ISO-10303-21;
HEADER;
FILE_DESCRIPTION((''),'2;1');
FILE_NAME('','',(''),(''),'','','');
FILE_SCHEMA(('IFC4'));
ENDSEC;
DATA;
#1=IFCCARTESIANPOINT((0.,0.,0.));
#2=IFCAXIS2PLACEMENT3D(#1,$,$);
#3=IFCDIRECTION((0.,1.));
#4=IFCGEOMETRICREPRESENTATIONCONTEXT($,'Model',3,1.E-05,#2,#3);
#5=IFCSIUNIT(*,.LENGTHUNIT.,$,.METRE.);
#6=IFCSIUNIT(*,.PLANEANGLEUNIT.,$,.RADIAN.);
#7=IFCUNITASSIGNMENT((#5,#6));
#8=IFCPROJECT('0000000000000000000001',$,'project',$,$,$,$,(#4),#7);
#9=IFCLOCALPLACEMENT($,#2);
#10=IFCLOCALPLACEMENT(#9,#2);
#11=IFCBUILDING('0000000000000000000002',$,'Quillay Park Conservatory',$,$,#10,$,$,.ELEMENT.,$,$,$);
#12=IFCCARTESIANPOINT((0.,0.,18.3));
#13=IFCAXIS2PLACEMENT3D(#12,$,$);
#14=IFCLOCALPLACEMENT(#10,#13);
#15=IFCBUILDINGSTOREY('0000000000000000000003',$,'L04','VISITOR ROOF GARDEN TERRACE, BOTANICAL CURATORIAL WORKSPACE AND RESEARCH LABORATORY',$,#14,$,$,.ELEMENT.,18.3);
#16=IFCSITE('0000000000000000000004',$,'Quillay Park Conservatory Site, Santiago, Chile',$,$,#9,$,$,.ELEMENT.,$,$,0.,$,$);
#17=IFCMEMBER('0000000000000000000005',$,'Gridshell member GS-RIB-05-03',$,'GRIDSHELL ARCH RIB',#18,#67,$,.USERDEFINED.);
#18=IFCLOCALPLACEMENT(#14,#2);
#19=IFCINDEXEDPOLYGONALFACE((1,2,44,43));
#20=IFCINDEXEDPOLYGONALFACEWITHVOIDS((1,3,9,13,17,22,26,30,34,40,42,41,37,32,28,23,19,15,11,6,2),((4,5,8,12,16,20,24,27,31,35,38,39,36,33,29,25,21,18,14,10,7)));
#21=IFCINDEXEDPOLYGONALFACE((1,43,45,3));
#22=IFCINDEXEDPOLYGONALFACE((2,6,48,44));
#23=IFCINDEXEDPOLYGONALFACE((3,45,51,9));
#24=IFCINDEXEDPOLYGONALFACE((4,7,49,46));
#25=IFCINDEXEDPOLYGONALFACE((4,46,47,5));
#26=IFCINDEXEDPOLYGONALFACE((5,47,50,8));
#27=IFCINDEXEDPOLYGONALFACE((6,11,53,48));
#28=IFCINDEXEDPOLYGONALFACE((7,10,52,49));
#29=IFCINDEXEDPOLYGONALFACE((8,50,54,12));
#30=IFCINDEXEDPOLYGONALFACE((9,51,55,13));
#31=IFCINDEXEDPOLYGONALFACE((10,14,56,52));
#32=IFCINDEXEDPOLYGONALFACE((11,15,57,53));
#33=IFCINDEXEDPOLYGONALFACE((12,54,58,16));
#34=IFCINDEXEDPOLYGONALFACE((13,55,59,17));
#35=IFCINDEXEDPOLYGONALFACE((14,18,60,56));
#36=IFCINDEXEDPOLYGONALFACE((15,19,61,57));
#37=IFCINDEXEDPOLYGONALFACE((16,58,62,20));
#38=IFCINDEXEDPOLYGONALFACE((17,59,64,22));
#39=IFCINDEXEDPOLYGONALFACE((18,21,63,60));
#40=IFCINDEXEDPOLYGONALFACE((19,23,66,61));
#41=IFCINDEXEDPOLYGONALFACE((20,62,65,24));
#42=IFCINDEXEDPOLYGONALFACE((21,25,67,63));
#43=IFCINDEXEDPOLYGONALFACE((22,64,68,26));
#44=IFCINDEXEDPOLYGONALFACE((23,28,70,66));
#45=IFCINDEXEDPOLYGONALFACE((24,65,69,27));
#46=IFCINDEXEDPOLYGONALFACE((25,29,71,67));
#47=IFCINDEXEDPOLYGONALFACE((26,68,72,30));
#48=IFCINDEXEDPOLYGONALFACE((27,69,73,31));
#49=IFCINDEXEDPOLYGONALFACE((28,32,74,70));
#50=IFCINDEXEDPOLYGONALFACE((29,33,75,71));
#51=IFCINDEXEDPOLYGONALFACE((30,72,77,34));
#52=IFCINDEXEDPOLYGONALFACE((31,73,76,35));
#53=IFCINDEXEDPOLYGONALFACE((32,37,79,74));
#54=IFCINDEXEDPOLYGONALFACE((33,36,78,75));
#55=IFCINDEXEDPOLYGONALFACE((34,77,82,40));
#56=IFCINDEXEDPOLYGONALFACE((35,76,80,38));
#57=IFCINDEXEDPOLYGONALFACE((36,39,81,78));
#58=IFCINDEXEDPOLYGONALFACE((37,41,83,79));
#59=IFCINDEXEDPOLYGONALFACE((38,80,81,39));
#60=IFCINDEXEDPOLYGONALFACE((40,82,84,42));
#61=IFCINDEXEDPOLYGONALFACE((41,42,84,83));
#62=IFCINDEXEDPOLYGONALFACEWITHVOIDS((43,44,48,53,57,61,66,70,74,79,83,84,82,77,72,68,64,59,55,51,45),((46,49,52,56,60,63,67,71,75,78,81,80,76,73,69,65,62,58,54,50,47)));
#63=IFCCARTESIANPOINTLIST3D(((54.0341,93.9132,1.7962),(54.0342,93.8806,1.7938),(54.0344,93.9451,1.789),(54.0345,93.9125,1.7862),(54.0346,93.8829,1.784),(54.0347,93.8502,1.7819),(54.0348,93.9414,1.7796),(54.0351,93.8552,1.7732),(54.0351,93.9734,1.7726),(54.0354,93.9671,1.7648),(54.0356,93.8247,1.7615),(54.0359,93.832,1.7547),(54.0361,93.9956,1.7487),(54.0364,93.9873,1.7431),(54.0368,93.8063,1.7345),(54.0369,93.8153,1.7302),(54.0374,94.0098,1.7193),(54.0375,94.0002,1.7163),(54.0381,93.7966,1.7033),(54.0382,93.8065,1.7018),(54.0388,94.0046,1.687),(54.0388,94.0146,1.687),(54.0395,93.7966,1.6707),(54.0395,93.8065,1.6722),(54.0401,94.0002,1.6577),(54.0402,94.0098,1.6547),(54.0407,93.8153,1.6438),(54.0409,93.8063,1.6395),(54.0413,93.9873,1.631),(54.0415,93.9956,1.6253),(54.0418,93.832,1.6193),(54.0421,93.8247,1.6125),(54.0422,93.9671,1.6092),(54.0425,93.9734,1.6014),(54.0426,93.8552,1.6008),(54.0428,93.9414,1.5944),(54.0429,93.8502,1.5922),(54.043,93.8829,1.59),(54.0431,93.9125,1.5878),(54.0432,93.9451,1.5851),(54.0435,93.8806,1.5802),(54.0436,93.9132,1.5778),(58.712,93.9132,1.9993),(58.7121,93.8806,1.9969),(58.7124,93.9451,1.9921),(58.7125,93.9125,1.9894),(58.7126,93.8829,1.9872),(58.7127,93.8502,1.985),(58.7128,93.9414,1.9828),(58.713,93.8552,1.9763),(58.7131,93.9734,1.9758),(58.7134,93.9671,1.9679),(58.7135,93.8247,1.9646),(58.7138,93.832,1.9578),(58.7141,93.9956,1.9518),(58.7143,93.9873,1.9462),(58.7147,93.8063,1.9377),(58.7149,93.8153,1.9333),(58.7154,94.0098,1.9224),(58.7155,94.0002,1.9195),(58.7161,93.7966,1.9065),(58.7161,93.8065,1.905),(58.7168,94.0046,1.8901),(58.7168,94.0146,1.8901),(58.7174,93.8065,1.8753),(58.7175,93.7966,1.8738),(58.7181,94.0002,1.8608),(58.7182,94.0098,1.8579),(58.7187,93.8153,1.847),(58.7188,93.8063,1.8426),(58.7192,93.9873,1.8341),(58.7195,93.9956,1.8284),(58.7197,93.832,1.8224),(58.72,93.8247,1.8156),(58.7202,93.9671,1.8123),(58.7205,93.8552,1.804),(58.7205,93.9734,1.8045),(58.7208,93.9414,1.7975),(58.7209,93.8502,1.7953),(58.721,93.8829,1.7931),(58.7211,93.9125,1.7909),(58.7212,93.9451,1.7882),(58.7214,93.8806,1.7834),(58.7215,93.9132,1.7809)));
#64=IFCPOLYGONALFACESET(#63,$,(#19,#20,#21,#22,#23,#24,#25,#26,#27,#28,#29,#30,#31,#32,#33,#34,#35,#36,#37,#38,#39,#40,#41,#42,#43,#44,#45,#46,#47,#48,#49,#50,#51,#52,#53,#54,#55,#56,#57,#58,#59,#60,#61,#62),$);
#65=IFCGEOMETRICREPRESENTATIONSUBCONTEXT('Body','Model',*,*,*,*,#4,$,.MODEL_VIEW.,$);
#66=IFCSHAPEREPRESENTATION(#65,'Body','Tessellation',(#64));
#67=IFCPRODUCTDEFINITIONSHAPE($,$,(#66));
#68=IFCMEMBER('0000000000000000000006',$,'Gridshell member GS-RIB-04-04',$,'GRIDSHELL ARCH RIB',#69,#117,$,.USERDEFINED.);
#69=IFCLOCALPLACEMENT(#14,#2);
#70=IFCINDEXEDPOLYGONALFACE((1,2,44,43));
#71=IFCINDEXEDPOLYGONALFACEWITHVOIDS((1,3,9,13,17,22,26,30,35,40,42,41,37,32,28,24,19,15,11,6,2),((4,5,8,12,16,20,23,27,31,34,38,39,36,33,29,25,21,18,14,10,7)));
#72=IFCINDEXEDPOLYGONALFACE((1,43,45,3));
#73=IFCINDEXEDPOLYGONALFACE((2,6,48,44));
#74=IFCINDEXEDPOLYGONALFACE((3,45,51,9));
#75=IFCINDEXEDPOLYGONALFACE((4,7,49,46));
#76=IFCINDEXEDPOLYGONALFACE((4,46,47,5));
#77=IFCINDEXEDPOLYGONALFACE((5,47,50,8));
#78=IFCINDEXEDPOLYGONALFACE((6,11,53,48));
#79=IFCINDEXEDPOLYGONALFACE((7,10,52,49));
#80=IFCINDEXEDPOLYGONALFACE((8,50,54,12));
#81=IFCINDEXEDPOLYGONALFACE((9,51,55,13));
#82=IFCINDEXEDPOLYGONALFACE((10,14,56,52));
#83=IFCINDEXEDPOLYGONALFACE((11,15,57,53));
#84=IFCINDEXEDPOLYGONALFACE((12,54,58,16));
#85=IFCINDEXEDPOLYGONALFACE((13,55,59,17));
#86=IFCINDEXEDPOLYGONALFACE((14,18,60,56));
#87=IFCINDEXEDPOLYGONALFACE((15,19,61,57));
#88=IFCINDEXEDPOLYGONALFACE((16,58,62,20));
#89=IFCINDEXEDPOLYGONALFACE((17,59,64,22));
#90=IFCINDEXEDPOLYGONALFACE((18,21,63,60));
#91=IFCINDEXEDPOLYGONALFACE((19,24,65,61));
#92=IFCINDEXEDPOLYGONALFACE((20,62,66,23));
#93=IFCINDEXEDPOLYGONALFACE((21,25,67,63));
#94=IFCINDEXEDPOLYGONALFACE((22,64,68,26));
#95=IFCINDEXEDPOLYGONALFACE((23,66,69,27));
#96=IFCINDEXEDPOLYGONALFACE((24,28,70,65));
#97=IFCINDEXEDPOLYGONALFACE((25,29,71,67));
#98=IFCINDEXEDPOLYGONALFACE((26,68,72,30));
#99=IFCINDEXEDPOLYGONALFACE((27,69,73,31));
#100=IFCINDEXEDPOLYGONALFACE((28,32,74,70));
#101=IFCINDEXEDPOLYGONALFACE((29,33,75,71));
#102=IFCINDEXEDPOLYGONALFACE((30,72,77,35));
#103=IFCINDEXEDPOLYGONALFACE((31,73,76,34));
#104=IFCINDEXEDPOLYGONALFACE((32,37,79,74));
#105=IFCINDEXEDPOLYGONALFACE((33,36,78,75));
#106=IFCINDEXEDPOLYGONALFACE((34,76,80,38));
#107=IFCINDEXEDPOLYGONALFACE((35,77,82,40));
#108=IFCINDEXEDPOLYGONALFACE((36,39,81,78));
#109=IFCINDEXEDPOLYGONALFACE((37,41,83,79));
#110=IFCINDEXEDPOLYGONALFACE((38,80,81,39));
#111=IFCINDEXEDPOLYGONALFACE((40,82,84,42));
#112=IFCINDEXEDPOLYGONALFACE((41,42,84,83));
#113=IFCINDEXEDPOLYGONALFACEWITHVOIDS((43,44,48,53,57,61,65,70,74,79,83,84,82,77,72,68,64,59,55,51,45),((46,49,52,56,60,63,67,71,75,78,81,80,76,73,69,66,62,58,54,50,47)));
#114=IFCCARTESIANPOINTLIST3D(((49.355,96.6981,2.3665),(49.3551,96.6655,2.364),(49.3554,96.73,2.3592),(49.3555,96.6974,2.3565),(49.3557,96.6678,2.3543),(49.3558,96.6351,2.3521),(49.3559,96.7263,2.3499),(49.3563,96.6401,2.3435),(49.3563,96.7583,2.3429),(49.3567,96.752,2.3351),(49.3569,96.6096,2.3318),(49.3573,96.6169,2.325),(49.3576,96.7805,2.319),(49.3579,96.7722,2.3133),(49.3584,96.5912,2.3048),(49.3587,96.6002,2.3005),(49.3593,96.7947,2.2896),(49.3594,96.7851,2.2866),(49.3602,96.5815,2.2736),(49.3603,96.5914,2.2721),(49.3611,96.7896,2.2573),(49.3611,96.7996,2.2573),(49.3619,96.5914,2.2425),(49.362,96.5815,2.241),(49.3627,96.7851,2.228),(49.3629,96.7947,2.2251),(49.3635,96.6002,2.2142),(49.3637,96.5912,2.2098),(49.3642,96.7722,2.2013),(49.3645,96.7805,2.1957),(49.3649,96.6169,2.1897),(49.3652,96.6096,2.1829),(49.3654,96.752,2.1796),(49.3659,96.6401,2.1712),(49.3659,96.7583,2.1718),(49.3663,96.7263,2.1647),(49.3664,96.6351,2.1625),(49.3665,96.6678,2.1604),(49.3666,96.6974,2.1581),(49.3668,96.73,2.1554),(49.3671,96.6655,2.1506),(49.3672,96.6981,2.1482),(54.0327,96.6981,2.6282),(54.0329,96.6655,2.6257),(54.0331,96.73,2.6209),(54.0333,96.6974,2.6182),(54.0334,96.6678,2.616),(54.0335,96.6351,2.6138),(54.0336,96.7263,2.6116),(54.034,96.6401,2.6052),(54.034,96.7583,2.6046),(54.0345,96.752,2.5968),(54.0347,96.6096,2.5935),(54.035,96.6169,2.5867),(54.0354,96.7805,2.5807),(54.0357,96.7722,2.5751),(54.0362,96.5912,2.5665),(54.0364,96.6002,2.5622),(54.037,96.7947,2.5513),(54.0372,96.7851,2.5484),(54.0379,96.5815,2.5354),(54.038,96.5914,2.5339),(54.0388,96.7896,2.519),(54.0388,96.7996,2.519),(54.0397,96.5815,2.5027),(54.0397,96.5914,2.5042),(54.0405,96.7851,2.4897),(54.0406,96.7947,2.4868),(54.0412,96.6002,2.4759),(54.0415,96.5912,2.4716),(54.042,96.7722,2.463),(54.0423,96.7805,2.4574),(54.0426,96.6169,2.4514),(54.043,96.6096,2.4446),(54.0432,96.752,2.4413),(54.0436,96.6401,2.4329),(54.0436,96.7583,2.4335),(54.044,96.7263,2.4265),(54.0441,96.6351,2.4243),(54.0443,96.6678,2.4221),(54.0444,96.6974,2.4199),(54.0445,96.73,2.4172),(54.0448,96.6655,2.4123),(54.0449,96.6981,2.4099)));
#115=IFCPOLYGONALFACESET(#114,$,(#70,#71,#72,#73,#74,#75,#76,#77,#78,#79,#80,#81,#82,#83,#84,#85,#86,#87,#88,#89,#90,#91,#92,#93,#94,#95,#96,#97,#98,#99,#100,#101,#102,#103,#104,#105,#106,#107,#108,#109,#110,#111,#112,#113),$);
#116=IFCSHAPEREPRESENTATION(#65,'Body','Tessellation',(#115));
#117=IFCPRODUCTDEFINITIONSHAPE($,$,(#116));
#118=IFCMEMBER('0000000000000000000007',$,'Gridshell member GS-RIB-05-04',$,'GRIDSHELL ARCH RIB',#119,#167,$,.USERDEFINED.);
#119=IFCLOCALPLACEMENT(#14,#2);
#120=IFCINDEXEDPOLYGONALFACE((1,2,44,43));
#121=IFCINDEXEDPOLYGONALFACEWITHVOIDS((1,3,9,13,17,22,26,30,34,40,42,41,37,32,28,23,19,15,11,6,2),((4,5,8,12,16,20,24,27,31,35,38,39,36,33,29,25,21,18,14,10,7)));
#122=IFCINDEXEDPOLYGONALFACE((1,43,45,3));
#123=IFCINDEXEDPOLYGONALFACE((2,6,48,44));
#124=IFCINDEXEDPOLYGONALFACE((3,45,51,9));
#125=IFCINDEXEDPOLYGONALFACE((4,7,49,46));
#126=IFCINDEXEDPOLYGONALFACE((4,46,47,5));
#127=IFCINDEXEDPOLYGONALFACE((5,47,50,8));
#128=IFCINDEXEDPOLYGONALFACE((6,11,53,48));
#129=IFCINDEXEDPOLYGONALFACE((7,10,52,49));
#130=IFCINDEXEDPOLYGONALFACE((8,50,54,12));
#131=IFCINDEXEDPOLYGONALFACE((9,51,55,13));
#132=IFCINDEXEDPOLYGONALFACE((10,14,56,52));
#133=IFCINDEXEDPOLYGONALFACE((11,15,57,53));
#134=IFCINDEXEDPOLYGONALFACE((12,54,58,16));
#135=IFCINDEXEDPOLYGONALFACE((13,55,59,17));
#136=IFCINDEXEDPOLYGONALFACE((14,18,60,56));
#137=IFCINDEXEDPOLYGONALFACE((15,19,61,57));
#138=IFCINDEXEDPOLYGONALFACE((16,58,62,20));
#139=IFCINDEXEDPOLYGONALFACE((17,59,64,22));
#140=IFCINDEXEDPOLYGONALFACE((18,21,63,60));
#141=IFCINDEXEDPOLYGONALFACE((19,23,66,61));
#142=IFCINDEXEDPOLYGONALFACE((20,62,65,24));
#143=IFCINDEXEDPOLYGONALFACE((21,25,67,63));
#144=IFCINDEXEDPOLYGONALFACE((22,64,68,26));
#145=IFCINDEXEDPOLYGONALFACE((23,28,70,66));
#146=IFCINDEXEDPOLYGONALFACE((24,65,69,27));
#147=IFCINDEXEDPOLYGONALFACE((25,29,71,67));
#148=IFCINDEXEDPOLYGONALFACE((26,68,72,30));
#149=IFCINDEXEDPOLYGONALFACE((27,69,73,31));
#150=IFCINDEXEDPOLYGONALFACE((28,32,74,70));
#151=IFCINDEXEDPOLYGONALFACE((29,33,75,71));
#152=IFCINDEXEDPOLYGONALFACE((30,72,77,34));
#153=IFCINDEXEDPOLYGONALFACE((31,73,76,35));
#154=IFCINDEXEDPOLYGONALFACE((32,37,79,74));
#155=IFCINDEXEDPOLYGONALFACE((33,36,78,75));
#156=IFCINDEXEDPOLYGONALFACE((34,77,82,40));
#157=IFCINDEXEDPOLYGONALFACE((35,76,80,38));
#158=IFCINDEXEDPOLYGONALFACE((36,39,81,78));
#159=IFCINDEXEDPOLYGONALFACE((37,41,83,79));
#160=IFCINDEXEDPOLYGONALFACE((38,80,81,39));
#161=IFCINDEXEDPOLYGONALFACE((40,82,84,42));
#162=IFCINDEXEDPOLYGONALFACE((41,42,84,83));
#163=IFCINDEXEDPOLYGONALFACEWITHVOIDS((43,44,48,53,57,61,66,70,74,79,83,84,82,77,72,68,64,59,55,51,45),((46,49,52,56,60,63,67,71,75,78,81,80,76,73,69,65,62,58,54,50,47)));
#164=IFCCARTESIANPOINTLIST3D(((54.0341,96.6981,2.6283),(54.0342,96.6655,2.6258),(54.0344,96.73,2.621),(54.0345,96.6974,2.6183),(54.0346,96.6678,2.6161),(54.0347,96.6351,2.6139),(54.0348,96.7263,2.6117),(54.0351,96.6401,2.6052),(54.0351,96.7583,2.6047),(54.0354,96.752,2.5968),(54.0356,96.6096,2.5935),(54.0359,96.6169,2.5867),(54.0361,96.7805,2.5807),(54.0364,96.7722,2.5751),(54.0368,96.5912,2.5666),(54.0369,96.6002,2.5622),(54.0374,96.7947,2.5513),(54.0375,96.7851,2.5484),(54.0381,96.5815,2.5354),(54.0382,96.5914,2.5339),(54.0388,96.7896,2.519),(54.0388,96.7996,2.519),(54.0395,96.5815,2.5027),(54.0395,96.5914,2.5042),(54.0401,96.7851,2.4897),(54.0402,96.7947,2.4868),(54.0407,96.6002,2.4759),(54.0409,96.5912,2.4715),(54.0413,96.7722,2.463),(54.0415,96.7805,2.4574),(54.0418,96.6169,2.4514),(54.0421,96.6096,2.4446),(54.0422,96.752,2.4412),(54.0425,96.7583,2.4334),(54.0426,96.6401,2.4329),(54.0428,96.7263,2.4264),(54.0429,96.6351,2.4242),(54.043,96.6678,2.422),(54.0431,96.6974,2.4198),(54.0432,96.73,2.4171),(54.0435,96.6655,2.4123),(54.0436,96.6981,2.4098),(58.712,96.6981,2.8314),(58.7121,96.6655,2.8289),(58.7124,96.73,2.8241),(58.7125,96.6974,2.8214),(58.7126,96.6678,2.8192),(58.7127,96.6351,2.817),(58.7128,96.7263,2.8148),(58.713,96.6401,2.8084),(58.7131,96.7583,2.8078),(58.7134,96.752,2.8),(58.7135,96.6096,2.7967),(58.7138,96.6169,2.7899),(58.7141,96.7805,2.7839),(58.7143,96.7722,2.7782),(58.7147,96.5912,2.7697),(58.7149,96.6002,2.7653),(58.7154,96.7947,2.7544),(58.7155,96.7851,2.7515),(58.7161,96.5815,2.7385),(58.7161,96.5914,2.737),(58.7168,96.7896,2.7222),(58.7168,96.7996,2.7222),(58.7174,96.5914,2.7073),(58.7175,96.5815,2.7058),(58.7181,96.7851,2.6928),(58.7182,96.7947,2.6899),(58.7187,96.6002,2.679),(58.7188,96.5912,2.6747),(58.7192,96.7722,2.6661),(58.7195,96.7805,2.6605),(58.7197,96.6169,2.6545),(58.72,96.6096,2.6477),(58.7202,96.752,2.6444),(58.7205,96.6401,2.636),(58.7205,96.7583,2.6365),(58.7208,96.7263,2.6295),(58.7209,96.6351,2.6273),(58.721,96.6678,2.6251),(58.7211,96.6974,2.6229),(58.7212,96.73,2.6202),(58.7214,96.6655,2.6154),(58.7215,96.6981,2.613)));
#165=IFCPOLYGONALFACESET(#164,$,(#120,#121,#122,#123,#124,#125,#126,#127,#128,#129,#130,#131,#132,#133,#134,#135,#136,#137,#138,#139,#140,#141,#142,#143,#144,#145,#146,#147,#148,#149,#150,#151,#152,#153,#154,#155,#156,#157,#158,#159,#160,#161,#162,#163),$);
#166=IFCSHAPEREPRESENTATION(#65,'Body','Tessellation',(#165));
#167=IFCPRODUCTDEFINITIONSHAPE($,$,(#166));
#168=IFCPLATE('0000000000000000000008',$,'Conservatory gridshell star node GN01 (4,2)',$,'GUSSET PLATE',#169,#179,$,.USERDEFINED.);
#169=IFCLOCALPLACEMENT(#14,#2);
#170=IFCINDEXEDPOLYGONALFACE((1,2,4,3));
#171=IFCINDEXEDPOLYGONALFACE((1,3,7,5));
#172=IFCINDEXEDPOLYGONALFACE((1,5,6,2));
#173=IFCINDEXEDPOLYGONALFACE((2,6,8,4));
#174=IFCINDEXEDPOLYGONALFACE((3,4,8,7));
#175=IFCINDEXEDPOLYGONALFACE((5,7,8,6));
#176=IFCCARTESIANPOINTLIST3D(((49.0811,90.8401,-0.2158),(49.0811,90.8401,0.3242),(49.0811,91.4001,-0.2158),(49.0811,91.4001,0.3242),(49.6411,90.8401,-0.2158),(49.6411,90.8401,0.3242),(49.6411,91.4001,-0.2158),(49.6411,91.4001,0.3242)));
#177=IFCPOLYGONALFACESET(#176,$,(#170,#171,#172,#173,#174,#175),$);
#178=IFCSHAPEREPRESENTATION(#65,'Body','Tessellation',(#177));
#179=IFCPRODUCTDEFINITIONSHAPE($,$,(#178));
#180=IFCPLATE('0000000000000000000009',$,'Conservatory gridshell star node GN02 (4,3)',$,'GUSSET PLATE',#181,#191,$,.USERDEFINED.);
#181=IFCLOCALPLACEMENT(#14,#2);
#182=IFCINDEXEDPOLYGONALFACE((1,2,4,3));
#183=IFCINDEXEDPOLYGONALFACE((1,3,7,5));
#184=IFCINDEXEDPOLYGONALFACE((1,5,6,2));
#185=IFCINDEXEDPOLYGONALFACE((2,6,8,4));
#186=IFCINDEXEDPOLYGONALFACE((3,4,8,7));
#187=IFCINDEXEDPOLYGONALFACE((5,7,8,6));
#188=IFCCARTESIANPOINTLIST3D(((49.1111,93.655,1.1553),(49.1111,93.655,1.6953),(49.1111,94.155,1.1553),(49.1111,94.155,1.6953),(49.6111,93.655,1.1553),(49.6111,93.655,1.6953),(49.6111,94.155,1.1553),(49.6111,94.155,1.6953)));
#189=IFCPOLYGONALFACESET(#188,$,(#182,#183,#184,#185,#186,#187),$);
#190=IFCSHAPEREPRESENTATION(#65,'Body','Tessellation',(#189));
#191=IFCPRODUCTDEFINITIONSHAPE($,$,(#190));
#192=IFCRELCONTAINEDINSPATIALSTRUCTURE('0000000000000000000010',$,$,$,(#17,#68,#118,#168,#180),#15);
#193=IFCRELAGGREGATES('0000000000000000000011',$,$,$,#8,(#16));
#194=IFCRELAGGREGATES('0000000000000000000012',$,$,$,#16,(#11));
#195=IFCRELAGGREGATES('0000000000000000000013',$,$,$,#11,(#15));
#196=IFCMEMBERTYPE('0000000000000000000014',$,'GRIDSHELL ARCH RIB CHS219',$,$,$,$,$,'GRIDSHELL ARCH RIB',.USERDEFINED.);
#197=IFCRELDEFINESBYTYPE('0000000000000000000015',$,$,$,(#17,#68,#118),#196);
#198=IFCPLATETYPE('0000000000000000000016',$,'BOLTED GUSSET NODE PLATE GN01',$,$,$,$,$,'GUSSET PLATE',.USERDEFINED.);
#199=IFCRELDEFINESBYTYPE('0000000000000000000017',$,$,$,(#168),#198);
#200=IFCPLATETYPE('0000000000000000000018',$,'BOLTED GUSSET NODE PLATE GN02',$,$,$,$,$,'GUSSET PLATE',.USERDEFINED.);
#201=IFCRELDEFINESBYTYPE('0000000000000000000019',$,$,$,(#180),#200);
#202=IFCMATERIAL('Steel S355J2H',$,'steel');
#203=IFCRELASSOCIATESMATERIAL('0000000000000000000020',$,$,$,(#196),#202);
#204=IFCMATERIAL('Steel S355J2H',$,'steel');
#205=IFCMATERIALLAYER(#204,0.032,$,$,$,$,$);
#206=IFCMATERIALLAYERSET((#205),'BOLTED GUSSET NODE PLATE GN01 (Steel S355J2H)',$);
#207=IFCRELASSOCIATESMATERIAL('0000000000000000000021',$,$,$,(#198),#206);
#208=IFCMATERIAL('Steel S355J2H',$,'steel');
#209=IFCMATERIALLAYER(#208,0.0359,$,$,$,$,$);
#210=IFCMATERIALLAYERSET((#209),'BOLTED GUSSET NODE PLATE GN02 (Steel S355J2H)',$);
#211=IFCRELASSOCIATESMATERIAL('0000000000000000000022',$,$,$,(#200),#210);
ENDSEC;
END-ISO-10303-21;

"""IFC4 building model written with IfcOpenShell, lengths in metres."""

from ifc_helpers import new_model, si_unit, direction, frame, origin, origin_2d, place, context, subcontext, project, spatial, rectangle, hollow_circle, extrude, material, layer, layer_set, material_profile, profile_set, type_object, element, save


model = new_model("IFC4")

# Units and contexts
model_context = context("Model", 3, precision=1e-05, world=origin(), true_north=direction((0.0, 1.0)))
body_context = subcontext(model_context, "Body", "Model", "MODEL_VIEW")
ifc_project = project(units=[si_unit("LENGTHUNIT", "METRE"), si_unit("PLANEANGLEUNIT", "RADIAN")], contexts=[model_context])

# Site, building, storey
site_placement = place(None, origin())
site = spatial("IfcSite", under=ifc_project, at=site_placement, Name="Quillay Park Conservatory Site, Santiago, Chile", CompositionType="ELEMENT", RefElevation=0.0)
building_placement = place(site_placement, origin())
building = spatial("IfcBuilding", under=site, at=building_placement, Name="Quillay Park Conservatory", CompositionType="ELEMENT")
storey_placement = place(building_placement, frame((0.0, 0.0, 18.3)))
storey = spatial("IfcBuildingStorey", under=building, at=storey_placement, Name="L04", Description="VISITOR ROOF GARDEN TERRACE, BOTANICAL CURATORIAL WORKSPACE AND RESEARCH LABORATORY", CompositionType="ELEMENT", Elevation=18.3)

# Members
ifc_material_1 = material(Name="Steel S355J2H", Category="steel")
ifc_material_profile_1 = material_profile(ifc_material_1, hollow_circle(Radius=0.1096, WallThickness=0.01, at=origin_2d()), Name="CHS219.1x10")
ifc_profile_set_1 = profile_set([ifc_material_profile_1], Name="Steel S355J2H")
member_type = type_object("IfcMemberType", Name="GRIDSHELL ARCH RIB CHS219", ElementType="GRIDSHELL ARCH RIB", PredefinedType="USERDEFINED", material=ifc_profile_set_1)
member_1_placement = place(storey_placement, frame((54.0388, 93.905, 1.687), z_axis=(0.999059, 0.0, 0.043381), x_axis=(0.0, 1.0, 0.0)))
element("IfcMember", 1, at=member_1_placement, inside=storey, type_object=member_type, Name="Gridshell member GS-RIB-05-03", ObjectType="GRIDSHELL ARCH RIB", PredefinedType="USERDEFINED", context=body_context, shape_type="SweptSolid", body=[
    extrude(hollow_circle(Radius=0.1096, WallThickness=0.01, at=origin_2d()), origin(), (0.0, 0.0, 1.0), 4.6824),
])
member_2_placement = place(storey_placement, frame((49.3611, 96.6899, 2.2573), z_axis=(0.998438, 0.0, 0.055863), x_axis=(0.0, 1.0, 0.0)))
element("IfcMember", 2, at=member_2_placement, inside=storey, type_object=member_type, Name="Gridshell member GS-RIB-04-04", ObjectType="GRIDSHELL ARCH RIB", PredefinedType="USERDEFINED", context=body_context, shape_type="SweptSolid", body=[
    extrude(hollow_circle(Radius=0.1096, WallThickness=0.01, at=origin_2d()), origin(), (0.0, 0.0, 1.0), 4.6851),
])
member_3_placement = place(storey_placement, frame((54.0388, 96.6899, 2.519), z_axis=(0.999059, 0.0, 0.043381), x_axis=(0.0, 1.0, 0.0)))
element("IfcMember", 3, at=member_3_placement, inside=storey, type_object=member_type, Name="Gridshell member GS-RIB-05-04", ObjectType="GRIDSHELL ARCH RIB", PredefinedType="USERDEFINED", context=body_context, shape_type="SweptSolid", body=[
    extrude(hollow_circle(Radius=0.1096, WallThickness=0.01, at=origin_2d()), origin(), (0.0, 0.0, 1.0), 4.6824),
])

# Plates
ifc_material_2 = material(Name="Steel S355J2H", Category="steel")
ifc_layer_1 = layer(ifc_material_2, 0.032)
ifc_layer_set_1 = layer_set([ifc_layer_1], Name="BOLTED GUSSET NODE PLATE GN01 (Steel S355J2H)")
plate_type_1 = type_object("IfcPlateType", Name="BOLTED GUSSET NODE PLATE GN01", ElementType="GUSSET PLATE", PredefinedType="USERDEFINED", material=ifc_layer_set_1)
plate_placement = place(storey_placement, frame((49.3611, 91.1201, -0.2158), z_axis=(0.0, 0.0, 1.0), x_axis=(1.0, 0.0, 0.0)))
element("IfcPlate", 4, at=plate_placement, inside=storey, type_object=plate_type_1, Name="Conservatory gridshell star node GN01 (4,2)", ObjectType="GUSSET PLATE", PredefinedType="USERDEFINED", context=body_context, shape_type="SweptSolid", body=[
    extrude(rectangle(XDim=0.5601, YDim=0.5601, at=origin_2d()), origin(), (0.0, 0.0, 1.0), 0.54),
])
ifc_material_3 = material(Name="Steel S355J2H", Category="steel")
ifc_layer_2 = layer(ifc_material_3, 0.0359)
ifc_layer_set_2 = layer_set([ifc_layer_2], Name="BOLTED GUSSET NODE PLATE GN02 (Steel S355J2H)")
plate_type_2 = type_object("IfcPlateType", Name="BOLTED GUSSET NODE PLATE GN02", ElementType="GUSSET PLATE", PredefinedType="USERDEFINED", material=ifc_layer_set_2)
for number, where, z_axis, x_axis, name in (
    (5, (49.3611, 93.905, 1.1553), (0.0, 0.0, 1.0), (1.0, 0.0, 0.0), "Conservatory gridshell star node GN02 (4,3)"),
):
    element("IfcPlate", number, at=place(storey_placement, frame(where, z_axis=z_axis, x_axis=x_axis)), inside=storey, type_object=plate_type_2, Name=name, ObjectType="GUSSET PLATE", PredefinedType="USERDEFINED", context=body_context, shape_type="SweptSolid", body=[
        extrude(rectangle(XDim=0.5, YDim=0.5, at=origin_2d()), origin(), (0.0, 0.0, 1.0), 0.54),
    ])

save(model, "model.ifc")
